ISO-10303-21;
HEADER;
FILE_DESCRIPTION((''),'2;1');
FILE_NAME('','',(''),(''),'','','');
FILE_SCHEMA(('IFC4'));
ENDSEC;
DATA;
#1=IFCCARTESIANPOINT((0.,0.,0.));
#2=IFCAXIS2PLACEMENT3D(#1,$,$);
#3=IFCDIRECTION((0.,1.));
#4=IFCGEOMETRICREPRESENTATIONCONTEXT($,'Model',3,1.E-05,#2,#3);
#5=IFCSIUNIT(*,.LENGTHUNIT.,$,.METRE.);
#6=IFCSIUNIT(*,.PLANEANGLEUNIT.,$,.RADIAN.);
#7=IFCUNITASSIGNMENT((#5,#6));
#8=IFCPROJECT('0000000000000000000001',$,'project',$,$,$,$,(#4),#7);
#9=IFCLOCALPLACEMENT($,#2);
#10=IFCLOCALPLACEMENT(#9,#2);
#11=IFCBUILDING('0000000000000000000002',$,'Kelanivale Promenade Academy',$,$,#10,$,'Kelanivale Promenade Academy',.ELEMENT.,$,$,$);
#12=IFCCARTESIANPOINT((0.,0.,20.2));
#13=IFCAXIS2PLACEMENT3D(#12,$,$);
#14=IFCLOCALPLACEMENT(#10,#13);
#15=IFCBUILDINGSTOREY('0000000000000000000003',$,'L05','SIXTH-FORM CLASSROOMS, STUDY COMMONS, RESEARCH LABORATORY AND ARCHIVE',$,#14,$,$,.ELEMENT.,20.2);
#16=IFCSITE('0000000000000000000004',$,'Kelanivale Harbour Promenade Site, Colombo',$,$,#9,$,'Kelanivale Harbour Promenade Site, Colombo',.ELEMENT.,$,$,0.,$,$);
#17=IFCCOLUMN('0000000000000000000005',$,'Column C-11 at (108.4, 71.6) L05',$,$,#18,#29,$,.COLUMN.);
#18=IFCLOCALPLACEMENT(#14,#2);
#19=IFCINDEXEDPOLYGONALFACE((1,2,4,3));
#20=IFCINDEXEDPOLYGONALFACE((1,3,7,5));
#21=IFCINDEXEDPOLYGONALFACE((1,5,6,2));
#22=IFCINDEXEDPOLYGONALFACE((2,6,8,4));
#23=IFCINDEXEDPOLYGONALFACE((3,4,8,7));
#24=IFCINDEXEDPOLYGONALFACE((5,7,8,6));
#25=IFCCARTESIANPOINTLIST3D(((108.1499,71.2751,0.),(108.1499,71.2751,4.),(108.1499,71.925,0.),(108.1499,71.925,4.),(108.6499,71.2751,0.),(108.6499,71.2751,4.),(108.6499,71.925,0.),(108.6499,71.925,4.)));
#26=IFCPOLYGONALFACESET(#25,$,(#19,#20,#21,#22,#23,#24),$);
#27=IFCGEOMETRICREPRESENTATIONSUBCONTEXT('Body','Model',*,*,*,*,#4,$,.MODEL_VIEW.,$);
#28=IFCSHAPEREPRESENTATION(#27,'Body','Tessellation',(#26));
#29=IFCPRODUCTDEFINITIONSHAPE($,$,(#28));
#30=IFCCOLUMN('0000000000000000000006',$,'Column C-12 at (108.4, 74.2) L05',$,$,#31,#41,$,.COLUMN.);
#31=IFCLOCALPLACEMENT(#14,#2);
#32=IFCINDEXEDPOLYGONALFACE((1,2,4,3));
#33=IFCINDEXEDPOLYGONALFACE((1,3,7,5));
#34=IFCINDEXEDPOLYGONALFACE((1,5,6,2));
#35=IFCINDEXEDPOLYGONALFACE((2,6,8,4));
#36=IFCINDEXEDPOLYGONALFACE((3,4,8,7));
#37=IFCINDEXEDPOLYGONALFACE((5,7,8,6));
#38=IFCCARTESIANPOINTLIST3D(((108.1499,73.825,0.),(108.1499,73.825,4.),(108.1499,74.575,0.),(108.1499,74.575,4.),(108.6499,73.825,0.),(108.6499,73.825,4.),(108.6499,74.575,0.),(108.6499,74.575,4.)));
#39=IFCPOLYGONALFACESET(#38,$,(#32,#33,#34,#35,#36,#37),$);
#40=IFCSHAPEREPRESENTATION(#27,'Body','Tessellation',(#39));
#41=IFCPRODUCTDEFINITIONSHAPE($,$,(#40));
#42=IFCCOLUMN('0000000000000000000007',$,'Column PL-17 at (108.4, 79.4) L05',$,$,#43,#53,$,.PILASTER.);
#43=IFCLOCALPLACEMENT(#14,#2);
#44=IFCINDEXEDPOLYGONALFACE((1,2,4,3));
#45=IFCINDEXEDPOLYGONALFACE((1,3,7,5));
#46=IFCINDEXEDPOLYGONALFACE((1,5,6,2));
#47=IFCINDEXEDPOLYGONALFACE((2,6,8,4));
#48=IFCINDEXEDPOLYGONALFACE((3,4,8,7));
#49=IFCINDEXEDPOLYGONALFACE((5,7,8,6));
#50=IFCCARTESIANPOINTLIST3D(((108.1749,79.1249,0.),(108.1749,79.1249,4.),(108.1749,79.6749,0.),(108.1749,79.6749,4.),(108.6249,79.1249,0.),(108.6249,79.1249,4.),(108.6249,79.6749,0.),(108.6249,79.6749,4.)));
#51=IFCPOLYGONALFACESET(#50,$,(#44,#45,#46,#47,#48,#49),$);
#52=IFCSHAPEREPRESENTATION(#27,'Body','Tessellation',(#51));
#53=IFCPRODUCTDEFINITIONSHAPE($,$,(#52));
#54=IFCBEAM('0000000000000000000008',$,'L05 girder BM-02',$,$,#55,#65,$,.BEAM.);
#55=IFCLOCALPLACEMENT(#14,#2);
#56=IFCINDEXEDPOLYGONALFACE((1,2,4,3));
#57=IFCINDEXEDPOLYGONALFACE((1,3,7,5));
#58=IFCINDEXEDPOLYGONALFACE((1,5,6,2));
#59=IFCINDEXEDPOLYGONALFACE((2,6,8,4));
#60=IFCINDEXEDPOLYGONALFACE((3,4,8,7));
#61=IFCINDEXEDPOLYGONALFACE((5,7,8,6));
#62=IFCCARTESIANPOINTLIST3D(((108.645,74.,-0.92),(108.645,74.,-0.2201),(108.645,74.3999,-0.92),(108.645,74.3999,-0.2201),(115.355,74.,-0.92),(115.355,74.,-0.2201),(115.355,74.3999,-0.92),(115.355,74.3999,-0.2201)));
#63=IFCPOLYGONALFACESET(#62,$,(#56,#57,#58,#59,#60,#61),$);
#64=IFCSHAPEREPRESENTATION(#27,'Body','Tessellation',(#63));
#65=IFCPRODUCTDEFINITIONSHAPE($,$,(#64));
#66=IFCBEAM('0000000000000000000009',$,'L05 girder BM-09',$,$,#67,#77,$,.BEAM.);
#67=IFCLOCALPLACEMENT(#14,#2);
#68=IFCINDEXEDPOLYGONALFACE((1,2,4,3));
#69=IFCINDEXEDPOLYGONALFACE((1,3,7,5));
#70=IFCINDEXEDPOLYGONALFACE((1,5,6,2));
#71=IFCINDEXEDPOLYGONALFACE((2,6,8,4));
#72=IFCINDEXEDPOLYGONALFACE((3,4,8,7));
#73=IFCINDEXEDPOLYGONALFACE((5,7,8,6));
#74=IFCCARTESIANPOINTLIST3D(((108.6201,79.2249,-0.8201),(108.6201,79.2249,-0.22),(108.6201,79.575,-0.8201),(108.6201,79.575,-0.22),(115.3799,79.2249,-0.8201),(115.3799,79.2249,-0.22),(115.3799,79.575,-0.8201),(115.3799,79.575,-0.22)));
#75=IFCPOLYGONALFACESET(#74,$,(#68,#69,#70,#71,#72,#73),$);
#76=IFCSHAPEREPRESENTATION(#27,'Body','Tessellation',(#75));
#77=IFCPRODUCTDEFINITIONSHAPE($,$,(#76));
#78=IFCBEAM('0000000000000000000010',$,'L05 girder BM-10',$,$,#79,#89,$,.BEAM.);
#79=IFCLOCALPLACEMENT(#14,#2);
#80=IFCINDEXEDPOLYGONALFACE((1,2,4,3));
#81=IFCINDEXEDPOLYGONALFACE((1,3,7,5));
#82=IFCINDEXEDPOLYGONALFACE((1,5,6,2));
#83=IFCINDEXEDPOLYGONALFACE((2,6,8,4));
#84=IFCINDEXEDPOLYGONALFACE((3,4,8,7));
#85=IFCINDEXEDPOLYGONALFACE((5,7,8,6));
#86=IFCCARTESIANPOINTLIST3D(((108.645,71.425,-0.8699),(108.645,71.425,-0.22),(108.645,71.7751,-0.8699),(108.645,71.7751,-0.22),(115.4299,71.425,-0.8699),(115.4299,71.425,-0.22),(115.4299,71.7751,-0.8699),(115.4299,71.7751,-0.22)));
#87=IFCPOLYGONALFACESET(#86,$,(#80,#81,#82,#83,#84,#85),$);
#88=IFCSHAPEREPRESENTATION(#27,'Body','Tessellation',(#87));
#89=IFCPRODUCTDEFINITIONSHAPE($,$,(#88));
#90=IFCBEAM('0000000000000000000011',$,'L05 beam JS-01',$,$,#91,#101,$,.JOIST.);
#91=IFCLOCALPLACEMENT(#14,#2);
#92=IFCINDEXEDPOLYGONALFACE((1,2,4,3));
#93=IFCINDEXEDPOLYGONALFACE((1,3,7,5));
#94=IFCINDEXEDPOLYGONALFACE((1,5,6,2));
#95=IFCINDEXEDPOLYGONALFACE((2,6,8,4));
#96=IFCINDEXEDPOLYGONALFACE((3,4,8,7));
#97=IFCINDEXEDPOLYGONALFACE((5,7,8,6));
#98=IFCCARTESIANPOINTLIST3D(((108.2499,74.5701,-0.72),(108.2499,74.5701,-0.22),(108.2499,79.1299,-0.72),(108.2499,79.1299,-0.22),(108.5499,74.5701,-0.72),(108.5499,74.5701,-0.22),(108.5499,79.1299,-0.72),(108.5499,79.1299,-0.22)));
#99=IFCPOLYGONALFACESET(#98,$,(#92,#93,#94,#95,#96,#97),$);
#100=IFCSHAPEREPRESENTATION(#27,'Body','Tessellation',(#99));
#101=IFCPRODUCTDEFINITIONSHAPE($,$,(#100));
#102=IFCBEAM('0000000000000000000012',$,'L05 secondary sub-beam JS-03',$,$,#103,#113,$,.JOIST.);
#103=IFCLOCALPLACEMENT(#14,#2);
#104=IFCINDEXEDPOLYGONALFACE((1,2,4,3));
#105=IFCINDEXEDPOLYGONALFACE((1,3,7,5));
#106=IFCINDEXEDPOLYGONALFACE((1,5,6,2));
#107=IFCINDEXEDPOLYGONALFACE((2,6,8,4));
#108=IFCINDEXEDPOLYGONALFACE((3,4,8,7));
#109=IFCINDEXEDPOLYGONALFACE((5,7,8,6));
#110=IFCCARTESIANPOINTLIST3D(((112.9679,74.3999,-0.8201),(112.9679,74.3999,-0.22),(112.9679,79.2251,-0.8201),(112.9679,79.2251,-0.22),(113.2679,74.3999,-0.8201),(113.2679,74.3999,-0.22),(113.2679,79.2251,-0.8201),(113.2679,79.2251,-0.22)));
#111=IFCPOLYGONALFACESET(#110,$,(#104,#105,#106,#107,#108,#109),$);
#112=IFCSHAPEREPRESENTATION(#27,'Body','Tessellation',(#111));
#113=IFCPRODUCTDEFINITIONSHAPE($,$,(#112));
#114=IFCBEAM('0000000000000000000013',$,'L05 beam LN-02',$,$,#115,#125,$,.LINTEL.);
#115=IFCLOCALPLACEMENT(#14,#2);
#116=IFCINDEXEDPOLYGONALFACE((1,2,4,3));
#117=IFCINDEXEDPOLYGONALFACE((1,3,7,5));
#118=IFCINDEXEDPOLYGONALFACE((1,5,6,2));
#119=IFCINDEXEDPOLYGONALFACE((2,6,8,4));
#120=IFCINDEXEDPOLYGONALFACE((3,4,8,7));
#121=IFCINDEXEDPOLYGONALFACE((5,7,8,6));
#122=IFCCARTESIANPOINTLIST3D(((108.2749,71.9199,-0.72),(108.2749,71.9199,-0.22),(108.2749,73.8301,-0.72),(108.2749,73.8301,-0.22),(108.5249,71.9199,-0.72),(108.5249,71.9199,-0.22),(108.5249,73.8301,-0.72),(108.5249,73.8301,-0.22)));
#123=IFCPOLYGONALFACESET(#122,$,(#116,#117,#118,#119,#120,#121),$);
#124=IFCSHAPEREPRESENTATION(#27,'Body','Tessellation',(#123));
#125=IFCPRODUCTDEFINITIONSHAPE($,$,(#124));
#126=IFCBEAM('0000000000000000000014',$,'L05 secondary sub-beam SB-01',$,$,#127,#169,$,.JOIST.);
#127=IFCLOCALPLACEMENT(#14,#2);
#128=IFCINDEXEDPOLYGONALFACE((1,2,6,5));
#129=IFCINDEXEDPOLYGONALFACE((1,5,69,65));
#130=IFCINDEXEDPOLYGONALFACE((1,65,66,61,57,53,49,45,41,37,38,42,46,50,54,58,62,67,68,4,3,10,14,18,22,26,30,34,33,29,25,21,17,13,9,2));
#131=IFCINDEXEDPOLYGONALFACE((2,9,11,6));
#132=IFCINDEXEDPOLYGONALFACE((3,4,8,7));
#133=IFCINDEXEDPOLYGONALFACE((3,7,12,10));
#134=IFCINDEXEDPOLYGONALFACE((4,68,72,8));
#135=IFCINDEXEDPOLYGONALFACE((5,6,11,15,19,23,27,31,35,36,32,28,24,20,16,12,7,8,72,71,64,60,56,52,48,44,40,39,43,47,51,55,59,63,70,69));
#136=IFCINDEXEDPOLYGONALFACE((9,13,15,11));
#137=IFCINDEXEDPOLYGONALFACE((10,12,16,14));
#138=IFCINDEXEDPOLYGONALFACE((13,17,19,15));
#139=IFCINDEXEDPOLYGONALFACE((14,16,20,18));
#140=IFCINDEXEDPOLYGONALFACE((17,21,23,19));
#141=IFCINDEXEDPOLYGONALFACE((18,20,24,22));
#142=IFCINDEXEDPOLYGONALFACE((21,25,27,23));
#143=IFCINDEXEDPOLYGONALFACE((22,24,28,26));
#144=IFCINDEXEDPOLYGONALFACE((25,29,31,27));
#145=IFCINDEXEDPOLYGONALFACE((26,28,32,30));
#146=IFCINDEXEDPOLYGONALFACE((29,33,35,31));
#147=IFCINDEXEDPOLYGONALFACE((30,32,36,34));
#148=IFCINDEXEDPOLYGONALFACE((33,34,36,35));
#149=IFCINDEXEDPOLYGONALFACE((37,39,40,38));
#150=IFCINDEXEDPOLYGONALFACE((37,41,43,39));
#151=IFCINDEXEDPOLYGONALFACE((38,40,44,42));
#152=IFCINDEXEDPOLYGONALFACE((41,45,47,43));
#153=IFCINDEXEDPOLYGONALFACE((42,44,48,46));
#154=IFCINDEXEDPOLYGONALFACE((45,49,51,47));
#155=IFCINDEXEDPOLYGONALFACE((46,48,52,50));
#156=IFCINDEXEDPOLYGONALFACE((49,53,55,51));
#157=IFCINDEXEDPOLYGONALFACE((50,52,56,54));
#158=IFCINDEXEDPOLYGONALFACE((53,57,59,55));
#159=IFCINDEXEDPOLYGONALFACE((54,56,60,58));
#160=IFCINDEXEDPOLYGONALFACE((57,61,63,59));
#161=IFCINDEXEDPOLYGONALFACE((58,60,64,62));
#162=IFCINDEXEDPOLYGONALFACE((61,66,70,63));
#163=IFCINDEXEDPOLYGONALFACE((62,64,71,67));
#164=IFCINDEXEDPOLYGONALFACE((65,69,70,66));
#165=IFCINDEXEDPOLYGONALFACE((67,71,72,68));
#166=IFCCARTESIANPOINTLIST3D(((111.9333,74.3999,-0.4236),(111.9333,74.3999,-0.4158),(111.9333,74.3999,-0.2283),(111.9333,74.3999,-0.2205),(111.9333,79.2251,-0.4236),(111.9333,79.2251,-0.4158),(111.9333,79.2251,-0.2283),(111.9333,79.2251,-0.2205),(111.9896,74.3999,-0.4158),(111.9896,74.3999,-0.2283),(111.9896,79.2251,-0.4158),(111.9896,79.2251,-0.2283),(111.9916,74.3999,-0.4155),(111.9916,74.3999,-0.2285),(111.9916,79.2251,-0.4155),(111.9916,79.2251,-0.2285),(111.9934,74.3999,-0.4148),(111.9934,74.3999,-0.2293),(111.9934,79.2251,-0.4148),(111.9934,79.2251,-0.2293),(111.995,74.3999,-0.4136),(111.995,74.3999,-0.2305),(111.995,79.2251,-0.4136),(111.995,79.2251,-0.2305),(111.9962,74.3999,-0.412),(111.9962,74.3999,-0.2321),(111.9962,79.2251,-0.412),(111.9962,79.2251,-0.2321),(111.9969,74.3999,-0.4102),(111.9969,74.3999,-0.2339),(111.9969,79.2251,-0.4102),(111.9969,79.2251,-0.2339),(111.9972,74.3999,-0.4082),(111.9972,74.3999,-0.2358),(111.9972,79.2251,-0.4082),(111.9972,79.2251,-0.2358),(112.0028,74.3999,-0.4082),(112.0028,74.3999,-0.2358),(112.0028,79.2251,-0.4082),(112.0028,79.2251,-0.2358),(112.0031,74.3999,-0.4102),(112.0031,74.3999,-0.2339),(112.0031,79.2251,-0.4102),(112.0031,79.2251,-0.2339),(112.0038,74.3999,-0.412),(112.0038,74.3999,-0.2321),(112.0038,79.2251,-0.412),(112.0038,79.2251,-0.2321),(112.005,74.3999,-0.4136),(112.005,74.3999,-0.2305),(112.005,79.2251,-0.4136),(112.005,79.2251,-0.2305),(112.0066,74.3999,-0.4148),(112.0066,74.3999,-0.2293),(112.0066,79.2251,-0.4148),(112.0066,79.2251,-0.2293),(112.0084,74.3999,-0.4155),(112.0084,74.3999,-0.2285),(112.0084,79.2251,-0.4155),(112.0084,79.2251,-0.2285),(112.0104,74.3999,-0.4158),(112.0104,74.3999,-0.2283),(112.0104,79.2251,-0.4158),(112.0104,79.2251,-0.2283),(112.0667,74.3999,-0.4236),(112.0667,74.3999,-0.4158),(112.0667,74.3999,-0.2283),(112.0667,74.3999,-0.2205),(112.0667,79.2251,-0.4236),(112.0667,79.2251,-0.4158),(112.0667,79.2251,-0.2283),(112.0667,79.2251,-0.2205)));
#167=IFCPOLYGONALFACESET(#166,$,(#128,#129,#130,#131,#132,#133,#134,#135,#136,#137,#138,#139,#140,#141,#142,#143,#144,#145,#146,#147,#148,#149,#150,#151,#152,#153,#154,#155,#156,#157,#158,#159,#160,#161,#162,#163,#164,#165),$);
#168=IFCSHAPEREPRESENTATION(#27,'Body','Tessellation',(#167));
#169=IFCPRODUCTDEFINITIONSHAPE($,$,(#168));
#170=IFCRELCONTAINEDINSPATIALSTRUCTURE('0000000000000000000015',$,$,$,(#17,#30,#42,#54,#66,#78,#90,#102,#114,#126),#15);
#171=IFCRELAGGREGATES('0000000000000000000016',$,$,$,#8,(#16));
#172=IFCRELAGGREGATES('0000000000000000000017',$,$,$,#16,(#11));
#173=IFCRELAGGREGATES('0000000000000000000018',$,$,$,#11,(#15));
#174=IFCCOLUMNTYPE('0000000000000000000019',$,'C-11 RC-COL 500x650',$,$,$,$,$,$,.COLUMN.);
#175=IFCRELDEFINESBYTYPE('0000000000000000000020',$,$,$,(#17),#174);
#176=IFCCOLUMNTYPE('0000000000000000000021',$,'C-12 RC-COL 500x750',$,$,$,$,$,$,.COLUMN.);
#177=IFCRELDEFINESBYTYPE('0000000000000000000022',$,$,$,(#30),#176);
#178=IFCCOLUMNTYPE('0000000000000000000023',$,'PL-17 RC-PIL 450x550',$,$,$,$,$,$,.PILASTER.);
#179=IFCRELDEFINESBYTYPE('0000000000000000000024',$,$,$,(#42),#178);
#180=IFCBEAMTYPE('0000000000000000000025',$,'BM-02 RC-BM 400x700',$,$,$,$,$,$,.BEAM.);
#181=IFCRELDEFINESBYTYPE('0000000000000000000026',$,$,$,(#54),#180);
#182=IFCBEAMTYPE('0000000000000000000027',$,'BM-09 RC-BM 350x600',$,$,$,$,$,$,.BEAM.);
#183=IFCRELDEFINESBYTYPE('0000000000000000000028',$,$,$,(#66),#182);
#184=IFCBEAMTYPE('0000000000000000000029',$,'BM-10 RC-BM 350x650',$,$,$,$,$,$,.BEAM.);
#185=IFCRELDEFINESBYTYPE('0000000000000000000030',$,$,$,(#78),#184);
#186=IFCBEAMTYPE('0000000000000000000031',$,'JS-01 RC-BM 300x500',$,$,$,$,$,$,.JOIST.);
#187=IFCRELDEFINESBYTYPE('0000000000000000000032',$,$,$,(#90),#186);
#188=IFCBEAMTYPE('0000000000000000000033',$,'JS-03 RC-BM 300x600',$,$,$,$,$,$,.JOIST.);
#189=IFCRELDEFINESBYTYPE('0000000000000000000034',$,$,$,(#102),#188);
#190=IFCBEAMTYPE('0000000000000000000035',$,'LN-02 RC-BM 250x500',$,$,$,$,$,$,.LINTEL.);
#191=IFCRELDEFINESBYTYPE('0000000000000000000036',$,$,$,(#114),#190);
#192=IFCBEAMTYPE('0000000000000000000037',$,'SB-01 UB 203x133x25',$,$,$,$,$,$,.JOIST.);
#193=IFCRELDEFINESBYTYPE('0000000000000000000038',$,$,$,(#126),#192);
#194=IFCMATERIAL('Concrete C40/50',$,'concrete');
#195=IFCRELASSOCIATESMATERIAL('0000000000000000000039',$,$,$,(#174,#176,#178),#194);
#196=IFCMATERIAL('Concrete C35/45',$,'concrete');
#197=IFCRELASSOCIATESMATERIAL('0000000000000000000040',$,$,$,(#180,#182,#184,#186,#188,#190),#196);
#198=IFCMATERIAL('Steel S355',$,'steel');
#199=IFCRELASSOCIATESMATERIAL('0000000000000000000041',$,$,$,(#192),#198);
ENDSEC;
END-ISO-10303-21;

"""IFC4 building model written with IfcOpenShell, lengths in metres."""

from ifc_helpers import new_model, si_unit, direction, frame, origin, origin_2d, place, context, subcontext, project, spatial, rectangle, i_section, extrude, material, material_profile, profile_set, type_object, element, save


model = new_model("IFC4")

# Units and contexts
model_context = context("Model", 3, precision=1e-05, world=origin(), true_north=direction((0.0, 1.0)))
body_context = subcontext(model_context, "Body", "Model", "MODEL_VIEW")
ifc_project = project(units=[si_unit("LENGTHUNIT", "METRE"), si_unit("PLANEANGLEUNIT", "RADIAN")], contexts=[model_context])

# Site, building, storey
site_placement = place(None, origin())
site = spatial("IfcSite", under=ifc_project, at=site_placement, Name="Kelanivale Harbour Promenade Site, Colombo", LongName="Kelanivale Harbour Promenade Site, Colombo", CompositionType="ELEMENT", RefElevation=0.0)
building_placement = place(site_placement, origin())
building = spatial("IfcBuilding", under=site, at=building_placement, Name="Kelanivale Promenade Academy", LongName="Kelanivale Promenade Academy", CompositionType="ELEMENT")
storey_placement = place(building_placement, frame((0.0, 0.0, 20.2)))
storey = spatial("IfcBuildingStorey", under=building, at=storey_placement, Name="L05", Description="SIXTH-FORM CLASSROOMS, STUDY COMMONS, RESEARCH LABORATORY AND ARCHIVE", CompositionType="ELEMENT", Elevation=20.2)

# Columns
ifc_material_1 = material(Name="Concrete C40/50", Category="concrete")
ifc_material_profile_1 = material_profile(ifc_material_1, rectangle(XDim=0.5, YDim=0.6499, at=origin_2d()), Name="RC-COL 500x650")
ifc_profile_set_1 = profile_set([ifc_material_profile_1], Name="Concrete C40/50")
column_type_1 = type_object("IfcColumnType", Name="C-11 RC-COL 500x650", PredefinedType="COLUMN", material=ifc_profile_set_1)
column_1_placement = place(storey_placement, frame((108.3999, 71.6001, 0.0), z_axis=(0.0, 0.0, 1.0), x_axis=(1.0, 0.0, 0.0)))
element("IfcColumn", 1, at=column_1_placement, inside=storey, type_object=column_type_1, Name="Column C-11 at (108.4, 71.6) L05", PredefinedType="COLUMN", context=body_context, shape_type="SweptSolid", body=[
    extrude(rectangle(XDim=0.5, YDim=0.6499, at=origin_2d()), origin(), (0.0, 0.0, 1.0), 4.0),
])
ifc_material_profile_2 = material_profile(ifc_material_1, rectangle(XDim=0.5, YDim=0.75, at=origin_2d()), Name="RC-COL 500x750")
ifc_profile_set_2 = profile_set([ifc_material_profile_2], Name="Concrete C40/50")
column_type_2 = type_object("IfcColumnType", Name="C-12 RC-COL 500x750", PredefinedType="COLUMN", material=ifc_profile_set_2)
column_2_placement = place(storey_placement, frame((108.3999, 74.2, 0.0), z_axis=(0.0, 0.0, 1.0), x_axis=(1.0, 0.0, 0.0)))
element("IfcColumn", 2, at=column_2_placement, inside=storey, type_object=column_type_2, Name="Column C-12 at (108.4, 74.2) L05", PredefinedType="COLUMN", context=body_context, shape_type="SweptSolid", body=[
    extrude(rectangle(XDim=0.5, YDim=0.75, at=origin_2d()), origin(), (0.0, 0.0, 1.0), 4.0),
])
ifc_material_profile_3 = material_profile(ifc_material_1, rectangle(XDim=0.45, YDim=0.55, at=origin_2d()), Name="RC-PIL 450x550")
ifc_profile_set_3 = profile_set([ifc_material_profile_3], Name="Concrete C40/50")
column_type_3 = type_object("IfcColumnType", Name="PL-17 RC-PIL 450x550", PredefinedType="PILASTER", material=ifc_profile_set_3)
column_3_placement = place(storey_placement, frame((108.3999, 79.3999, 0.0), z_axis=(0.0, 0.0, 1.0), x_axis=(1.0, 0.0, 0.0)))
element("IfcColumn", 3, at=column_3_placement, inside=storey, type_object=column_type_3, Name="Column PL-17 at (108.4, 79.4) L05", PredefinedType="PILASTER", context=body_context, shape_type="SweptSolid", body=[
    extrude(rectangle(XDim=0.45, YDim=0.55, at=origin_2d()), origin(), (0.0, 0.0, 1.0), 4.0),
])

# Beams
ifc_material_2 = material(Name="Concrete C35/45", Category="concrete")
ifc_material_profile_4 = material_profile(ifc_material_2, rectangle(XDim=0.3999, YDim=0.7, at=origin_2d()), Name="RC-BM 400x700")
ifc_profile_set_4 = profile_set([ifc_material_profile_4], Name="Concrete C35/45")
beam_type_1 = type_object("IfcBeamType", Name="BM-02 RC-BM 400x700", PredefinedType="BEAM", material=ifc_profile_set_4)
beam_1_placement = place(storey_placement, frame((108.645, 74.2, -0.5701), z_axis=(1.0, 0.0, 0.0), x_axis=(0.0, 1.0, 0.0)))
element("IfcBeam", 4, at=beam_1_placement, inside=storey, type_object=beam_type_1, Name="L05 girder BM-02", PredefinedType="BEAM", context=body_context, shape_type="SweptSolid", body=[
    extrude(rectangle(XDim=0.3999, YDim=0.7, at=origin_2d()), origin(), (0.0, 0.0, 1.0), 6.71),
])
ifc_material_profile_5 = material_profile(ifc_material_2, rectangle(XDim=0.3501, YDim=0.6001, at=origin_2d()), Name="RC-BM 350x600")
ifc_profile_set_5 = profile_set([ifc_material_profile_5], Name="Concrete C35/45")
beam_type_2 = type_object("IfcBeamType", Name="BM-09 RC-BM 350x600", PredefinedType="BEAM", material=ifc_profile_set_5)
beam_2_placement = place(storey_placement, frame((108.6201, 79.3999, -0.52), z_axis=(1.0, 0.0, 0.0), x_axis=(0.0, 1.0, 0.0)))
element("IfcBeam", 5, at=beam_2_placement, inside=storey, type_object=beam_type_2, Name="L05 girder BM-09", PredefinedType="BEAM", context=body_context, shape_type="SweptSolid", body=[
    extrude(rectangle(XDim=0.3501, YDim=0.6001, at=origin_2d()), origin(), (0.0, 0.0, 1.0), 6.7598),
])
ifc_material_profile_6 = material_profile(ifc_material_2, rectangle(XDim=0.3501, YDim=0.6499, at=origin_2d()), Name="RC-BM 350x650")
ifc_profile_set_6 = profile_set([ifc_material_profile_6], Name="Concrete C35/45")
beam_type_3 = type_object("IfcBeamType", Name="BM-10 RC-BM 350x650", PredefinedType="BEAM", material=ifc_profile_set_6)
beam_3_placement = place(storey_placement, frame((108.645, 71.6001, -0.5449), z_axis=(1.0, 0.0, 0.0), x_axis=(0.0, 1.0, 0.0)))
element("IfcBeam", 6, at=beam_3_placement, inside=storey, type_object=beam_type_3, Name="L05 girder BM-10", PredefinedType="BEAM", context=body_context, shape_type="SweptSolid", body=[
    extrude(rectangle(XDim=0.3501, YDim=0.6499, at=origin_2d()), origin(), (0.0, 0.0, 1.0), 6.7849),
])
ifc_material_profile_7 = material_profile(ifc_material_2, rectangle(XDim=0.3, YDim=0.5, at=origin_2d()), Name="RC-BM 300x500")
ifc_profile_set_7 = profile_set([ifc_material_profile_7], Name="Concrete C35/45")
beam_type_4 = type_object("IfcBeamType", Name="JS-01 RC-BM 300x500", PredefinedType="JOIST", material=ifc_profile_set_7)
beam_4_placement = place(storey_placement, frame((108.3999, 74.5701, -0.47), z_axis=(0.0, 1.0, 0.0), x_axis=(-1.0, 0.0, 0.0)))
element("IfcBeam", 7, at=beam_4_placement, inside=storey, type_object=beam_type_4, Name="L05 beam JS-01", PredefinedType="JOIST", context=body_context, shape_type="SweptSolid", body=[
    extrude(rectangle(XDim=0.3, YDim=0.5, at=origin_2d()), origin(), (0.0, 0.0, 1.0), 4.5598),
])
ifc_material_profile_8 = material_profile(ifc_material_2, rectangle(XDim=0.3, YDim=0.6001, at=origin_2d()), Name="RC-BM 300x600")
ifc_profile_set_8 = profile_set([ifc_material_profile_8], Name="Concrete C35/45")
beam_type_5 = type_object("IfcBeamType", Name="JS-03 RC-BM 300x600", PredefinedType="JOIST", material=ifc_profile_set_8)
beam_5_placement = place(storey_placement, frame((113.1179, 74.3999, -0.52), z_axis=(0.0, 1.0, 0.0), x_axis=(-1.0, 0.0, 0.0)))
element("IfcBeam", 8, at=beam_5_placement, inside=storey, type_object=beam_type_5, Name="L05 secondary sub-beam JS-03", PredefinedType="JOIST", context=body_context, shape_type="SweptSolid", body=[
    extrude(rectangle(XDim=0.3, YDim=0.6001, at=origin_2d()), origin(), (0.0, 0.0, 1.0), 4.8252),
])
ifc_material_profile_9 = material_profile(ifc_material_2, rectangle(XDim=0.25, YDim=0.5, at=origin_2d()), Name="RC-BM 250x500")
ifc_profile_set_9 = profile_set([ifc_material_profile_9], Name="Concrete C35/45")
beam_type_6 = type_object("IfcBeamType", Name="LN-02 RC-BM 250x500", PredefinedType="LINTEL", material=ifc_profile_set_9)
beam_6_placement = place(storey_placement, frame((108.3999, 71.9199, -0.47), z_axis=(0.0, 1.0, 0.0), x_axis=(-1.0, 0.0, 0.0)))
element("IfcBeam", 9, at=beam_6_placement, inside=storey, type_object=beam_type_6, Name="L05 beam LN-02", PredefinedType="LINTEL", context=body_context, shape_type="SweptSolid", body=[
    extrude(rectangle(XDim=0.25, YDim=0.5, at=origin_2d()), origin(), (0.0, 0.0, 1.0), 1.9102),
])
ifc_material_3 = material(Name="Steel S355", Category="steel")
ifc_material_profile_10 = material_profile(ifc_material_3, i_section(OverallWidth=0.1333, OverallDepth=0.2031, WebThickness=0.0056, FlangeThickness=0.0078, FilletRadius=0.0076, at=origin_2d()), Name="UB 203x133x25")
ifc_profile_set_10 = profile_set([ifc_material_profile_10], Name="Steel S355")
beam_type_7 = type_object("IfcBeamType", Name="SB-01 UB 203x133x25", PredefinedType="JOIST", material=ifc_profile_set_10)
beam_7_placement = place(storey_placement, frame((112.0, 74.3999, -0.322), z_axis=(0.0, 1.0, 0.0), x_axis=(-1.0, 0.0, 0.0)))
element("IfcBeam", 10, at=beam_7_placement, inside=storey, type_object=beam_type_7, Name="L05 secondary sub-beam SB-01", PredefinedType="JOIST", context=body_context, shape_type="SweptSolid", body=[
    extrude(i_section(OverallWidth=0.1333, OverallDepth=0.2031, WebThickness=0.0056, FlangeThickness=0.0078, FilletRadius=0.0076, at=origin_2d()), origin(), (0.0, 0.0, 1.0), 4.8252),
])

save(model, "model.ifc")
